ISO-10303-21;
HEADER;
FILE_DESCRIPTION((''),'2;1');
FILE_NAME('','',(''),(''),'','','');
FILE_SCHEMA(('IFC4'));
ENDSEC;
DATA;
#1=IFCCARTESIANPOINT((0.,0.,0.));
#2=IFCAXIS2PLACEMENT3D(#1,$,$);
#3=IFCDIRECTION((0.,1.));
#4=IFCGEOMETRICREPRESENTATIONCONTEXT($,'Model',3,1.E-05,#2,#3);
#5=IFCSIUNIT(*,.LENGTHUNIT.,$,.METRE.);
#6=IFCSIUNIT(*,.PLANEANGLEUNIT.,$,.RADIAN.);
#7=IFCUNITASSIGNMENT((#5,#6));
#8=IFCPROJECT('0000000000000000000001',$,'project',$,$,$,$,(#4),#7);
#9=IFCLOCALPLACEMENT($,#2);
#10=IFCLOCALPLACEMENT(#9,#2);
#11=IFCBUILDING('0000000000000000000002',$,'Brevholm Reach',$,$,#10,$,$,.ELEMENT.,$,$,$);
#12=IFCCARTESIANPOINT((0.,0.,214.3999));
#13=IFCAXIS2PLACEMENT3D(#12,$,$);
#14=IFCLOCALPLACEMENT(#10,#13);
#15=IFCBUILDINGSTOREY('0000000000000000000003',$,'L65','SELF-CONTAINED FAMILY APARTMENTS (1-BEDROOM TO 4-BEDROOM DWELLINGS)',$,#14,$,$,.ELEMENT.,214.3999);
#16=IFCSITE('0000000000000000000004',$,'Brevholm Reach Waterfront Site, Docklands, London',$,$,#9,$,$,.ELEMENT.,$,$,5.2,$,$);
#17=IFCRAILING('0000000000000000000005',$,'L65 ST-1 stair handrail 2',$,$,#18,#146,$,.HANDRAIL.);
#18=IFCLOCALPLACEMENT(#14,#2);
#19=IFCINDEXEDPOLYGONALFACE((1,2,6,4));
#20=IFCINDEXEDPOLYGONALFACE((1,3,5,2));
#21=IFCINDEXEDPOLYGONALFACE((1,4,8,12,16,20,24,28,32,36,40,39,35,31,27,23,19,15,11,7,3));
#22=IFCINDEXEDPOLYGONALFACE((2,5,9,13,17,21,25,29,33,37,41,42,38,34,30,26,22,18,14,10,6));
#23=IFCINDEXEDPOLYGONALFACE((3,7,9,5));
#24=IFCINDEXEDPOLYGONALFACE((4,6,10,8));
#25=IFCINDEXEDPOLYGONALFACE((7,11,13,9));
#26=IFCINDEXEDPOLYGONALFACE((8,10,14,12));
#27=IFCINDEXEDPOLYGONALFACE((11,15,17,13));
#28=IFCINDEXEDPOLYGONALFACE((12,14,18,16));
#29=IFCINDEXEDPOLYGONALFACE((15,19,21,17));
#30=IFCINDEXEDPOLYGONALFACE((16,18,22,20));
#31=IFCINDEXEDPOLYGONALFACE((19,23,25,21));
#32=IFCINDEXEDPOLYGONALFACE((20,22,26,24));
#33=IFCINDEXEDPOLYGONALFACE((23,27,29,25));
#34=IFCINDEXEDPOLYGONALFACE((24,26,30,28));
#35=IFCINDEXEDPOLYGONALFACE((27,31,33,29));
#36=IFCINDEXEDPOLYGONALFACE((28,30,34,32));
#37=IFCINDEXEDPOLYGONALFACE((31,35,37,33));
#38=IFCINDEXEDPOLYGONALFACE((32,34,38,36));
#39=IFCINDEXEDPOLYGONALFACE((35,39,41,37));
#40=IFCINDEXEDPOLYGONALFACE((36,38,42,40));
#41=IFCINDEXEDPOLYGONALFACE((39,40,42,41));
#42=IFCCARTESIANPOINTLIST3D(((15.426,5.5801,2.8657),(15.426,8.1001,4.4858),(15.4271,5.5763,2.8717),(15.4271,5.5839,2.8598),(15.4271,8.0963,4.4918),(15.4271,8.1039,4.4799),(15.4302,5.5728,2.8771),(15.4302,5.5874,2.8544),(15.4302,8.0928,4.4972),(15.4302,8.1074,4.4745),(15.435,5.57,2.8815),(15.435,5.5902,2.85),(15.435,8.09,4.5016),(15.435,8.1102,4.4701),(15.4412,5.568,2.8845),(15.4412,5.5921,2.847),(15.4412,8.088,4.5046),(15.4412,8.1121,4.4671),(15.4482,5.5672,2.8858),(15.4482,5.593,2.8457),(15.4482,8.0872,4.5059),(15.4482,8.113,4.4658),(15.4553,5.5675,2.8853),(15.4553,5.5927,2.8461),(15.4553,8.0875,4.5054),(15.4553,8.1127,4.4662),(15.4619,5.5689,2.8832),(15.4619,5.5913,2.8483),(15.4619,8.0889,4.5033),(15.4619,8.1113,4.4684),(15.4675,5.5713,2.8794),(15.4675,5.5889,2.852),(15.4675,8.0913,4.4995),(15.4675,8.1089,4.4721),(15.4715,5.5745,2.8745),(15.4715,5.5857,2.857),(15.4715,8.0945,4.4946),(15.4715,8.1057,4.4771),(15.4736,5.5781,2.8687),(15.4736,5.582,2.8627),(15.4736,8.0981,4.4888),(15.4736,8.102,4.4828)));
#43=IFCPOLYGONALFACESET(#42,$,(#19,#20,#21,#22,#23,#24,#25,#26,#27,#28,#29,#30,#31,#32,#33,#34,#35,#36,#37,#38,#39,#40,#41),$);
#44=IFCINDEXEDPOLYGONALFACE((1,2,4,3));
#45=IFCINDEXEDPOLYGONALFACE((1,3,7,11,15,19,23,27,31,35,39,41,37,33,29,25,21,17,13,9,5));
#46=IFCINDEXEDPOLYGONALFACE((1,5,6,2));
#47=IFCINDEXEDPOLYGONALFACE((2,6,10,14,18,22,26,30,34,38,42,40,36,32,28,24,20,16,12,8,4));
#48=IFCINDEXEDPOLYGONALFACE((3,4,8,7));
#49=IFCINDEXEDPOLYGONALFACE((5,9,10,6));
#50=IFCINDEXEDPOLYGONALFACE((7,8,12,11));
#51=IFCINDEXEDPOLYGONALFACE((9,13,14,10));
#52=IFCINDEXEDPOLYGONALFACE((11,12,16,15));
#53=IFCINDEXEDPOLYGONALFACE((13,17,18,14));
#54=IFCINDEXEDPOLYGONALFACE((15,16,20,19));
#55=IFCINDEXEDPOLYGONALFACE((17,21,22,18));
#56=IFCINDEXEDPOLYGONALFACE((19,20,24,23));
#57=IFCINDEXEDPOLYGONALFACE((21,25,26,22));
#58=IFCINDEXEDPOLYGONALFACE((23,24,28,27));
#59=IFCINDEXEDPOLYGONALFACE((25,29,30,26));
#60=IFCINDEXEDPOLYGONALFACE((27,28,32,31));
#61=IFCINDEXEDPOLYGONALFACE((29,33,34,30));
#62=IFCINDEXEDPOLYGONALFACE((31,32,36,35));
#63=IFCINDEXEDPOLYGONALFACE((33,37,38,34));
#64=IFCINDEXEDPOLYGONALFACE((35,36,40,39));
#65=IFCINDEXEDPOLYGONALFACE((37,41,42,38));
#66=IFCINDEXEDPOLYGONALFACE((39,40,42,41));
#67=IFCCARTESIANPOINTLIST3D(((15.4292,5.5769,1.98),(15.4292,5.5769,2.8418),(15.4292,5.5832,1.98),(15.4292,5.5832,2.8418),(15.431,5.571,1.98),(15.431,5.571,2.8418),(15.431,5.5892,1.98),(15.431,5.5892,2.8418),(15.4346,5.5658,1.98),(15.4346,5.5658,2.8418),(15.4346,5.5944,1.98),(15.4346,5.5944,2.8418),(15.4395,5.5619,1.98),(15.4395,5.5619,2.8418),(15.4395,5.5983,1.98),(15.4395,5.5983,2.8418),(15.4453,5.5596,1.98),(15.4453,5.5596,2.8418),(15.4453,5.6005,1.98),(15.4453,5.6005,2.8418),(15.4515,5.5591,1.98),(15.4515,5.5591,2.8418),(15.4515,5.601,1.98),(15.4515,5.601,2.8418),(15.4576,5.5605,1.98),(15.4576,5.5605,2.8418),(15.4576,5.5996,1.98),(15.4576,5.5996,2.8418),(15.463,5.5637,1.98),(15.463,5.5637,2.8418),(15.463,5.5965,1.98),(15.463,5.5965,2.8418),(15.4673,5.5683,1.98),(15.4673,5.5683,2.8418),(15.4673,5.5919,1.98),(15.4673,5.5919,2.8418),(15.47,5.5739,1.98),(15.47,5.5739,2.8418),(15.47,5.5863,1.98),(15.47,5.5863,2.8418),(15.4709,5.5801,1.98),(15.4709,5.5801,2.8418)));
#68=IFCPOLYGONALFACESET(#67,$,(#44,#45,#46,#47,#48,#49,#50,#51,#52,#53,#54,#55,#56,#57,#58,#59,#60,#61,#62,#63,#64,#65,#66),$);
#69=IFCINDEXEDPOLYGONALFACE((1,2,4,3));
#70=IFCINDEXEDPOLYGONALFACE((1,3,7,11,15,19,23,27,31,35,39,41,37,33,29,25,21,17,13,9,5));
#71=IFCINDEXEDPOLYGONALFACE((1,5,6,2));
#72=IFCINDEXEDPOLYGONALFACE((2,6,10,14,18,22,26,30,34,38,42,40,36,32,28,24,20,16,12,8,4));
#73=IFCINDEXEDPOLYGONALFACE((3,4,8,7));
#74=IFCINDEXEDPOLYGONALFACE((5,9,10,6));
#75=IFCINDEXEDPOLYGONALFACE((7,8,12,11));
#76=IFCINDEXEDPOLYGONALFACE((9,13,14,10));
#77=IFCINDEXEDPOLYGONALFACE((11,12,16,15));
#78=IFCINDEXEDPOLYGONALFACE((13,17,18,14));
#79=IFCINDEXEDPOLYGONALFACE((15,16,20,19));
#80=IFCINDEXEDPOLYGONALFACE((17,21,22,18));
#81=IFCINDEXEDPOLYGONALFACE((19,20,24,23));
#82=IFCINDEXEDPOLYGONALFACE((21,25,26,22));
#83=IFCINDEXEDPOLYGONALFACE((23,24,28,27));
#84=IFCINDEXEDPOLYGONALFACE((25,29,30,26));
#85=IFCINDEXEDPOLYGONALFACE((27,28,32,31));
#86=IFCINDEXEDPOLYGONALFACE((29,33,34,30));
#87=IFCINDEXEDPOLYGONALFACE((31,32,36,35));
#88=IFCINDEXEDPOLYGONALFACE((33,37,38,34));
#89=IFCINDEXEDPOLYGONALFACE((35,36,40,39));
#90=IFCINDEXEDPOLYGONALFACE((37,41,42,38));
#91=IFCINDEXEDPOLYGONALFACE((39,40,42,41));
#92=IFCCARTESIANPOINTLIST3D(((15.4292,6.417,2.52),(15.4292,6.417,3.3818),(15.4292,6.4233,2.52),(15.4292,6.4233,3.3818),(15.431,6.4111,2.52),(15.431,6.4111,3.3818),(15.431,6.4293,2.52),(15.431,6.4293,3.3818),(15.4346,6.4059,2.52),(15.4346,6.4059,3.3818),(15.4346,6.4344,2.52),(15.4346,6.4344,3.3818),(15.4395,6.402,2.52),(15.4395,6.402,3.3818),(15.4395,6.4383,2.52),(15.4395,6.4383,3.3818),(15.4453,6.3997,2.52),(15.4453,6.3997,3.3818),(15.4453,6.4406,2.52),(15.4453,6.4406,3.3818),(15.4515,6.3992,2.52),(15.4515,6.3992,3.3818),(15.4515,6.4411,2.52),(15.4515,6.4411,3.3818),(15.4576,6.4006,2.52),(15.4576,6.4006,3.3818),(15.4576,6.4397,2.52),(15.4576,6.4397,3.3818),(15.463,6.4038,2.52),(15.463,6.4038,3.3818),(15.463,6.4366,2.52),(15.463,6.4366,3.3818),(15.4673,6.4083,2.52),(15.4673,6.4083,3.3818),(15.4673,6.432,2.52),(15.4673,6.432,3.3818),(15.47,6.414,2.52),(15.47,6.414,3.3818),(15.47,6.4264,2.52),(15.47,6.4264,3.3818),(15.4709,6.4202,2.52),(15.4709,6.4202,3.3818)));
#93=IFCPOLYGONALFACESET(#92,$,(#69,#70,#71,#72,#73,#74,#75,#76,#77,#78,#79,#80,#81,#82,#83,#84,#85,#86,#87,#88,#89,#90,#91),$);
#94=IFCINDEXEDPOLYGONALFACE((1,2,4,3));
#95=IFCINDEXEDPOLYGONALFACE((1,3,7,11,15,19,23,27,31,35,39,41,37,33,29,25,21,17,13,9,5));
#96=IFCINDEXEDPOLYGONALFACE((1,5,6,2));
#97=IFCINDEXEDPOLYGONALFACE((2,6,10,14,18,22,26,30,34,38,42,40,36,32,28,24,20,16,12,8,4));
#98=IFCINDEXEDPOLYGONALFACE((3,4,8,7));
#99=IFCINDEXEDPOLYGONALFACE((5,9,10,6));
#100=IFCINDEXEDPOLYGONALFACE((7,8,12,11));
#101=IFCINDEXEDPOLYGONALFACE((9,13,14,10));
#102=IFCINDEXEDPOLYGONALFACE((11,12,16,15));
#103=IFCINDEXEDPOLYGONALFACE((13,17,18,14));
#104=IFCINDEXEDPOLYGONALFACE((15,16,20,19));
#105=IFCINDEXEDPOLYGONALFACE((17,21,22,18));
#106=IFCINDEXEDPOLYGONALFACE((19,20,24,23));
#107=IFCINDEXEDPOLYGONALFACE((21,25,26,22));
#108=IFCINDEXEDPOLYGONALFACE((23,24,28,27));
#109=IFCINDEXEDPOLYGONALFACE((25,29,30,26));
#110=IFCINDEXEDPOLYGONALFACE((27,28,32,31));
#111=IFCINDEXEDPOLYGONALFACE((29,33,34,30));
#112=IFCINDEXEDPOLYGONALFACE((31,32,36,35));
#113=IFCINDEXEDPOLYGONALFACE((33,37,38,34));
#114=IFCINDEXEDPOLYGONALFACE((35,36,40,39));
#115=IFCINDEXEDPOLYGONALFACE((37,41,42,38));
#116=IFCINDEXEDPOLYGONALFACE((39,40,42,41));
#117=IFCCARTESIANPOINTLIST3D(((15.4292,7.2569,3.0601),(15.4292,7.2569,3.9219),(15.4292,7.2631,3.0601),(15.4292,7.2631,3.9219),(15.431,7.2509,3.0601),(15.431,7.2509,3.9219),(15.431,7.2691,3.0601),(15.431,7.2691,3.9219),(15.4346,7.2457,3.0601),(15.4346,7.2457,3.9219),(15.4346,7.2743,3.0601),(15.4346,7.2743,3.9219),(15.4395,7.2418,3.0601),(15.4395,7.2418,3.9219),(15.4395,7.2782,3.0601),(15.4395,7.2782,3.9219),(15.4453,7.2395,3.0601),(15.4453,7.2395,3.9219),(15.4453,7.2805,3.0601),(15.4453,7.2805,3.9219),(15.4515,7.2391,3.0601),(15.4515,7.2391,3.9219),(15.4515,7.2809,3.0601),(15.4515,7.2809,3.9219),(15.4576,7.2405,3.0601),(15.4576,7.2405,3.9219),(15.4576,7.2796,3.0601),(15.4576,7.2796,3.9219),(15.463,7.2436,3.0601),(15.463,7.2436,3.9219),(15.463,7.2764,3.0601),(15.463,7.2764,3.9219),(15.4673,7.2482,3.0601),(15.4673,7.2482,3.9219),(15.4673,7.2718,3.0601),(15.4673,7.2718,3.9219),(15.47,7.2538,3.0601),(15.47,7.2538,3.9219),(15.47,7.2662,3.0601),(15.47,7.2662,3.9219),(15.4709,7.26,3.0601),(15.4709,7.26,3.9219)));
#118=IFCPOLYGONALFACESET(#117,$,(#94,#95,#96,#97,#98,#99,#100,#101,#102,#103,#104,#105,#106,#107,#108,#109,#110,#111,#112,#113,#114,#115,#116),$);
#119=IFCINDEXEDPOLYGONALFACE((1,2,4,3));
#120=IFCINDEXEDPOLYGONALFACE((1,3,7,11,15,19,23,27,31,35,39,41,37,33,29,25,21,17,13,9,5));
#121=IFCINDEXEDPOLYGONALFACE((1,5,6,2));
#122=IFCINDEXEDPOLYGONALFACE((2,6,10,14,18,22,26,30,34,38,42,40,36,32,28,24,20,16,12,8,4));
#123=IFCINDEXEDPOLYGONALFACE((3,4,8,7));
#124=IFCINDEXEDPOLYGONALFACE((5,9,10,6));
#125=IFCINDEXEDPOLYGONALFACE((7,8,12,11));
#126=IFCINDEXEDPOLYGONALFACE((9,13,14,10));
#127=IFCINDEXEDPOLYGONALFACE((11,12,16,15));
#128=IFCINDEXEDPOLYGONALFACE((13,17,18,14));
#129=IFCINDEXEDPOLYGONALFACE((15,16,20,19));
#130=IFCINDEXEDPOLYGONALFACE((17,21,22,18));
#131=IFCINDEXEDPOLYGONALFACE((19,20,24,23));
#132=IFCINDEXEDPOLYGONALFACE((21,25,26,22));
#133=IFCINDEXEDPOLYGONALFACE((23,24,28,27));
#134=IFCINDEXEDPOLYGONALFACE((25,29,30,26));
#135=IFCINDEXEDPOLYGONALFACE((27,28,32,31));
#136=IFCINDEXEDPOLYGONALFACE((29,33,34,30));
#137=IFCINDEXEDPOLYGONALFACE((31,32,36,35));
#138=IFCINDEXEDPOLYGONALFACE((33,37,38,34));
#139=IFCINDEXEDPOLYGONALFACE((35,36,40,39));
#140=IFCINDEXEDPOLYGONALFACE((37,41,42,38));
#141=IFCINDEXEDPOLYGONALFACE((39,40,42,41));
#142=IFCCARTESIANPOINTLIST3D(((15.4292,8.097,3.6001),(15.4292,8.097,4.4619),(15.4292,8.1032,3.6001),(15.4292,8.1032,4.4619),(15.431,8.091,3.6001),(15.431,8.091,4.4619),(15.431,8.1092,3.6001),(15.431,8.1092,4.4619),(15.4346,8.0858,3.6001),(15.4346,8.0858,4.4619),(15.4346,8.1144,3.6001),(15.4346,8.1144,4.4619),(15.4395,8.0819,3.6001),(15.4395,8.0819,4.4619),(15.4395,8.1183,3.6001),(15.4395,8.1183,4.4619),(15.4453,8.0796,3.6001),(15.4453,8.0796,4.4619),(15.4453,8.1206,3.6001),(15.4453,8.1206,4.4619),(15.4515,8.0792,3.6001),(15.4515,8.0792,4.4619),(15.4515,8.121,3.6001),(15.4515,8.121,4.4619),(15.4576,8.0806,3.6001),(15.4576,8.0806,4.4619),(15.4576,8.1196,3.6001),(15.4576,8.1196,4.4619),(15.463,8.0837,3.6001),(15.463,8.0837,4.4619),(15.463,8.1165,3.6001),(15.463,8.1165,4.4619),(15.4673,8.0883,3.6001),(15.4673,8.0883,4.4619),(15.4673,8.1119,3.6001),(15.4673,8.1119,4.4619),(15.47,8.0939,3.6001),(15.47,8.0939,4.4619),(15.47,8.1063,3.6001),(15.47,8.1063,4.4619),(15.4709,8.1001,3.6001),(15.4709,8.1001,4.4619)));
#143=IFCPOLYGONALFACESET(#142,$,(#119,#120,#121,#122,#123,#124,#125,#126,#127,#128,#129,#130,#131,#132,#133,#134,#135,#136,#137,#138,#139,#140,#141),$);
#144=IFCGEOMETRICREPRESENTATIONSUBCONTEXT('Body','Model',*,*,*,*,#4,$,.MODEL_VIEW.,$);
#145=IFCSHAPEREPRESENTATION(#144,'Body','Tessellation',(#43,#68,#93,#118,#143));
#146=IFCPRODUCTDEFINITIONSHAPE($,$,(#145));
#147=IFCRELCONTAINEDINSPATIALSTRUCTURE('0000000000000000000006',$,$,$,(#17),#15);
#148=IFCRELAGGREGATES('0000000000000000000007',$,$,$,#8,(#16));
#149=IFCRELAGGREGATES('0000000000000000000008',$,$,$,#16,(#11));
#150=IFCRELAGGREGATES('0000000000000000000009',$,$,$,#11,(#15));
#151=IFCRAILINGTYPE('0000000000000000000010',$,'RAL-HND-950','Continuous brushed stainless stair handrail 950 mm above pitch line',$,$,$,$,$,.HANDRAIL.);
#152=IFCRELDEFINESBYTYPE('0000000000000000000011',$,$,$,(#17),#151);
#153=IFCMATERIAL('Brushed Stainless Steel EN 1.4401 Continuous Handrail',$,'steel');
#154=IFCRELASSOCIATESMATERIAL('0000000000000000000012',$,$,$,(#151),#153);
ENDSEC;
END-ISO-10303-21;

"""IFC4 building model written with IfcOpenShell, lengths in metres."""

from ifc_helpers import new_model, si_unit, direction, frame, origin, origin_2d, place, context, subcontext, project, spatial, circle, extrude, material, type_object, element, save


model = new_model("IFC4")

# Units and contexts
model_context = context("Model", 3, precision=1e-05, world=origin(), true_north=direction((0.0, 1.0)))
body_context = subcontext(model_context, "Body", "Model", "MODEL_VIEW")
ifc_project = project(units=[si_unit("LENGTHUNIT", "METRE"), si_unit("PLANEANGLEUNIT", "RADIAN")], contexts=[model_context])

# Site, building, storey
site_placement = place(None, origin())
site = spatial("IfcSite", under=ifc_project, at=site_placement, Name="Brevholm Reach Waterfront Site, Docklands, London", CompositionType="ELEMENT", RefElevation=5.2)
building_placement = place(site_placement, origin())
building = spatial("IfcBuilding", under=site, at=building_placement, Name="Brevholm Reach", CompositionType="ELEMENT")
storey_placement = place(building_placement, frame((0.0, 0.0, 214.3999)))
storey = spatial("IfcBuildingStorey", under=building, at=storey_placement, Name="L65", Description="SELF-CONTAINED FAMILY APARTMENTS (1-BEDROOM TO 4-BEDROOM DWELLINGS)", CompositionType="ELEMENT", Elevation=214.3999)

# Railing
ifc_material_1 = material(Name="Brushed Stainless Steel EN 1.4401 Continuous Handrail", Category="steel")
railing_type_1 = type_object("IfcRailingType", Name="RAL-HND-950", Description="Continuous brushed stainless stair handrail 950 mm above pitch line", PredefinedType="HANDRAIL", material=ifc_material_1)
railing_1_placement = place(storey_placement, frame((15.45, 5.5801, 1.98)))
element("IfcRailing", 1, at=railing_1_placement, inside=storey, type_object=railing_type_1, Name="L65 ST-1 stair handrail 2", PredefinedType="HANDRAIL", context=body_context, shape_type="SweptSolid", body=[
    extrude(circle(Radius=0.0239, at=origin_2d()), frame((0.0, 0.0, 0.8857), z_axis=(0.0, 0.841163, 0.540782), x_axis=(-1.0, 0.0, 0.0)), (0.0, 0.0, 1.0), 2.9958),
    extrude(circle(Radius=0.021, at=origin_2d()), origin(), (0.0, 0.0, 1.0), 0.8618),
    extrude(circle(Radius=0.021, at=origin_2d()), frame((0.0, 0.8401, 0.54)), (0.0, 0.0, 1.0), 0.8618),
    extrude(circle(Radius=0.021, at=origin_2d()), frame((0.0, 1.6799, 1.0801)), (0.0, 0.0, 1.0), 0.8618),
    extrude(circle(Radius=0.021, at=origin_2d()), frame((0.0, 2.52, 1.6201)), (0.0, 0.0, 1.0), 0.8618),
])

save(model, "model.ifc")
